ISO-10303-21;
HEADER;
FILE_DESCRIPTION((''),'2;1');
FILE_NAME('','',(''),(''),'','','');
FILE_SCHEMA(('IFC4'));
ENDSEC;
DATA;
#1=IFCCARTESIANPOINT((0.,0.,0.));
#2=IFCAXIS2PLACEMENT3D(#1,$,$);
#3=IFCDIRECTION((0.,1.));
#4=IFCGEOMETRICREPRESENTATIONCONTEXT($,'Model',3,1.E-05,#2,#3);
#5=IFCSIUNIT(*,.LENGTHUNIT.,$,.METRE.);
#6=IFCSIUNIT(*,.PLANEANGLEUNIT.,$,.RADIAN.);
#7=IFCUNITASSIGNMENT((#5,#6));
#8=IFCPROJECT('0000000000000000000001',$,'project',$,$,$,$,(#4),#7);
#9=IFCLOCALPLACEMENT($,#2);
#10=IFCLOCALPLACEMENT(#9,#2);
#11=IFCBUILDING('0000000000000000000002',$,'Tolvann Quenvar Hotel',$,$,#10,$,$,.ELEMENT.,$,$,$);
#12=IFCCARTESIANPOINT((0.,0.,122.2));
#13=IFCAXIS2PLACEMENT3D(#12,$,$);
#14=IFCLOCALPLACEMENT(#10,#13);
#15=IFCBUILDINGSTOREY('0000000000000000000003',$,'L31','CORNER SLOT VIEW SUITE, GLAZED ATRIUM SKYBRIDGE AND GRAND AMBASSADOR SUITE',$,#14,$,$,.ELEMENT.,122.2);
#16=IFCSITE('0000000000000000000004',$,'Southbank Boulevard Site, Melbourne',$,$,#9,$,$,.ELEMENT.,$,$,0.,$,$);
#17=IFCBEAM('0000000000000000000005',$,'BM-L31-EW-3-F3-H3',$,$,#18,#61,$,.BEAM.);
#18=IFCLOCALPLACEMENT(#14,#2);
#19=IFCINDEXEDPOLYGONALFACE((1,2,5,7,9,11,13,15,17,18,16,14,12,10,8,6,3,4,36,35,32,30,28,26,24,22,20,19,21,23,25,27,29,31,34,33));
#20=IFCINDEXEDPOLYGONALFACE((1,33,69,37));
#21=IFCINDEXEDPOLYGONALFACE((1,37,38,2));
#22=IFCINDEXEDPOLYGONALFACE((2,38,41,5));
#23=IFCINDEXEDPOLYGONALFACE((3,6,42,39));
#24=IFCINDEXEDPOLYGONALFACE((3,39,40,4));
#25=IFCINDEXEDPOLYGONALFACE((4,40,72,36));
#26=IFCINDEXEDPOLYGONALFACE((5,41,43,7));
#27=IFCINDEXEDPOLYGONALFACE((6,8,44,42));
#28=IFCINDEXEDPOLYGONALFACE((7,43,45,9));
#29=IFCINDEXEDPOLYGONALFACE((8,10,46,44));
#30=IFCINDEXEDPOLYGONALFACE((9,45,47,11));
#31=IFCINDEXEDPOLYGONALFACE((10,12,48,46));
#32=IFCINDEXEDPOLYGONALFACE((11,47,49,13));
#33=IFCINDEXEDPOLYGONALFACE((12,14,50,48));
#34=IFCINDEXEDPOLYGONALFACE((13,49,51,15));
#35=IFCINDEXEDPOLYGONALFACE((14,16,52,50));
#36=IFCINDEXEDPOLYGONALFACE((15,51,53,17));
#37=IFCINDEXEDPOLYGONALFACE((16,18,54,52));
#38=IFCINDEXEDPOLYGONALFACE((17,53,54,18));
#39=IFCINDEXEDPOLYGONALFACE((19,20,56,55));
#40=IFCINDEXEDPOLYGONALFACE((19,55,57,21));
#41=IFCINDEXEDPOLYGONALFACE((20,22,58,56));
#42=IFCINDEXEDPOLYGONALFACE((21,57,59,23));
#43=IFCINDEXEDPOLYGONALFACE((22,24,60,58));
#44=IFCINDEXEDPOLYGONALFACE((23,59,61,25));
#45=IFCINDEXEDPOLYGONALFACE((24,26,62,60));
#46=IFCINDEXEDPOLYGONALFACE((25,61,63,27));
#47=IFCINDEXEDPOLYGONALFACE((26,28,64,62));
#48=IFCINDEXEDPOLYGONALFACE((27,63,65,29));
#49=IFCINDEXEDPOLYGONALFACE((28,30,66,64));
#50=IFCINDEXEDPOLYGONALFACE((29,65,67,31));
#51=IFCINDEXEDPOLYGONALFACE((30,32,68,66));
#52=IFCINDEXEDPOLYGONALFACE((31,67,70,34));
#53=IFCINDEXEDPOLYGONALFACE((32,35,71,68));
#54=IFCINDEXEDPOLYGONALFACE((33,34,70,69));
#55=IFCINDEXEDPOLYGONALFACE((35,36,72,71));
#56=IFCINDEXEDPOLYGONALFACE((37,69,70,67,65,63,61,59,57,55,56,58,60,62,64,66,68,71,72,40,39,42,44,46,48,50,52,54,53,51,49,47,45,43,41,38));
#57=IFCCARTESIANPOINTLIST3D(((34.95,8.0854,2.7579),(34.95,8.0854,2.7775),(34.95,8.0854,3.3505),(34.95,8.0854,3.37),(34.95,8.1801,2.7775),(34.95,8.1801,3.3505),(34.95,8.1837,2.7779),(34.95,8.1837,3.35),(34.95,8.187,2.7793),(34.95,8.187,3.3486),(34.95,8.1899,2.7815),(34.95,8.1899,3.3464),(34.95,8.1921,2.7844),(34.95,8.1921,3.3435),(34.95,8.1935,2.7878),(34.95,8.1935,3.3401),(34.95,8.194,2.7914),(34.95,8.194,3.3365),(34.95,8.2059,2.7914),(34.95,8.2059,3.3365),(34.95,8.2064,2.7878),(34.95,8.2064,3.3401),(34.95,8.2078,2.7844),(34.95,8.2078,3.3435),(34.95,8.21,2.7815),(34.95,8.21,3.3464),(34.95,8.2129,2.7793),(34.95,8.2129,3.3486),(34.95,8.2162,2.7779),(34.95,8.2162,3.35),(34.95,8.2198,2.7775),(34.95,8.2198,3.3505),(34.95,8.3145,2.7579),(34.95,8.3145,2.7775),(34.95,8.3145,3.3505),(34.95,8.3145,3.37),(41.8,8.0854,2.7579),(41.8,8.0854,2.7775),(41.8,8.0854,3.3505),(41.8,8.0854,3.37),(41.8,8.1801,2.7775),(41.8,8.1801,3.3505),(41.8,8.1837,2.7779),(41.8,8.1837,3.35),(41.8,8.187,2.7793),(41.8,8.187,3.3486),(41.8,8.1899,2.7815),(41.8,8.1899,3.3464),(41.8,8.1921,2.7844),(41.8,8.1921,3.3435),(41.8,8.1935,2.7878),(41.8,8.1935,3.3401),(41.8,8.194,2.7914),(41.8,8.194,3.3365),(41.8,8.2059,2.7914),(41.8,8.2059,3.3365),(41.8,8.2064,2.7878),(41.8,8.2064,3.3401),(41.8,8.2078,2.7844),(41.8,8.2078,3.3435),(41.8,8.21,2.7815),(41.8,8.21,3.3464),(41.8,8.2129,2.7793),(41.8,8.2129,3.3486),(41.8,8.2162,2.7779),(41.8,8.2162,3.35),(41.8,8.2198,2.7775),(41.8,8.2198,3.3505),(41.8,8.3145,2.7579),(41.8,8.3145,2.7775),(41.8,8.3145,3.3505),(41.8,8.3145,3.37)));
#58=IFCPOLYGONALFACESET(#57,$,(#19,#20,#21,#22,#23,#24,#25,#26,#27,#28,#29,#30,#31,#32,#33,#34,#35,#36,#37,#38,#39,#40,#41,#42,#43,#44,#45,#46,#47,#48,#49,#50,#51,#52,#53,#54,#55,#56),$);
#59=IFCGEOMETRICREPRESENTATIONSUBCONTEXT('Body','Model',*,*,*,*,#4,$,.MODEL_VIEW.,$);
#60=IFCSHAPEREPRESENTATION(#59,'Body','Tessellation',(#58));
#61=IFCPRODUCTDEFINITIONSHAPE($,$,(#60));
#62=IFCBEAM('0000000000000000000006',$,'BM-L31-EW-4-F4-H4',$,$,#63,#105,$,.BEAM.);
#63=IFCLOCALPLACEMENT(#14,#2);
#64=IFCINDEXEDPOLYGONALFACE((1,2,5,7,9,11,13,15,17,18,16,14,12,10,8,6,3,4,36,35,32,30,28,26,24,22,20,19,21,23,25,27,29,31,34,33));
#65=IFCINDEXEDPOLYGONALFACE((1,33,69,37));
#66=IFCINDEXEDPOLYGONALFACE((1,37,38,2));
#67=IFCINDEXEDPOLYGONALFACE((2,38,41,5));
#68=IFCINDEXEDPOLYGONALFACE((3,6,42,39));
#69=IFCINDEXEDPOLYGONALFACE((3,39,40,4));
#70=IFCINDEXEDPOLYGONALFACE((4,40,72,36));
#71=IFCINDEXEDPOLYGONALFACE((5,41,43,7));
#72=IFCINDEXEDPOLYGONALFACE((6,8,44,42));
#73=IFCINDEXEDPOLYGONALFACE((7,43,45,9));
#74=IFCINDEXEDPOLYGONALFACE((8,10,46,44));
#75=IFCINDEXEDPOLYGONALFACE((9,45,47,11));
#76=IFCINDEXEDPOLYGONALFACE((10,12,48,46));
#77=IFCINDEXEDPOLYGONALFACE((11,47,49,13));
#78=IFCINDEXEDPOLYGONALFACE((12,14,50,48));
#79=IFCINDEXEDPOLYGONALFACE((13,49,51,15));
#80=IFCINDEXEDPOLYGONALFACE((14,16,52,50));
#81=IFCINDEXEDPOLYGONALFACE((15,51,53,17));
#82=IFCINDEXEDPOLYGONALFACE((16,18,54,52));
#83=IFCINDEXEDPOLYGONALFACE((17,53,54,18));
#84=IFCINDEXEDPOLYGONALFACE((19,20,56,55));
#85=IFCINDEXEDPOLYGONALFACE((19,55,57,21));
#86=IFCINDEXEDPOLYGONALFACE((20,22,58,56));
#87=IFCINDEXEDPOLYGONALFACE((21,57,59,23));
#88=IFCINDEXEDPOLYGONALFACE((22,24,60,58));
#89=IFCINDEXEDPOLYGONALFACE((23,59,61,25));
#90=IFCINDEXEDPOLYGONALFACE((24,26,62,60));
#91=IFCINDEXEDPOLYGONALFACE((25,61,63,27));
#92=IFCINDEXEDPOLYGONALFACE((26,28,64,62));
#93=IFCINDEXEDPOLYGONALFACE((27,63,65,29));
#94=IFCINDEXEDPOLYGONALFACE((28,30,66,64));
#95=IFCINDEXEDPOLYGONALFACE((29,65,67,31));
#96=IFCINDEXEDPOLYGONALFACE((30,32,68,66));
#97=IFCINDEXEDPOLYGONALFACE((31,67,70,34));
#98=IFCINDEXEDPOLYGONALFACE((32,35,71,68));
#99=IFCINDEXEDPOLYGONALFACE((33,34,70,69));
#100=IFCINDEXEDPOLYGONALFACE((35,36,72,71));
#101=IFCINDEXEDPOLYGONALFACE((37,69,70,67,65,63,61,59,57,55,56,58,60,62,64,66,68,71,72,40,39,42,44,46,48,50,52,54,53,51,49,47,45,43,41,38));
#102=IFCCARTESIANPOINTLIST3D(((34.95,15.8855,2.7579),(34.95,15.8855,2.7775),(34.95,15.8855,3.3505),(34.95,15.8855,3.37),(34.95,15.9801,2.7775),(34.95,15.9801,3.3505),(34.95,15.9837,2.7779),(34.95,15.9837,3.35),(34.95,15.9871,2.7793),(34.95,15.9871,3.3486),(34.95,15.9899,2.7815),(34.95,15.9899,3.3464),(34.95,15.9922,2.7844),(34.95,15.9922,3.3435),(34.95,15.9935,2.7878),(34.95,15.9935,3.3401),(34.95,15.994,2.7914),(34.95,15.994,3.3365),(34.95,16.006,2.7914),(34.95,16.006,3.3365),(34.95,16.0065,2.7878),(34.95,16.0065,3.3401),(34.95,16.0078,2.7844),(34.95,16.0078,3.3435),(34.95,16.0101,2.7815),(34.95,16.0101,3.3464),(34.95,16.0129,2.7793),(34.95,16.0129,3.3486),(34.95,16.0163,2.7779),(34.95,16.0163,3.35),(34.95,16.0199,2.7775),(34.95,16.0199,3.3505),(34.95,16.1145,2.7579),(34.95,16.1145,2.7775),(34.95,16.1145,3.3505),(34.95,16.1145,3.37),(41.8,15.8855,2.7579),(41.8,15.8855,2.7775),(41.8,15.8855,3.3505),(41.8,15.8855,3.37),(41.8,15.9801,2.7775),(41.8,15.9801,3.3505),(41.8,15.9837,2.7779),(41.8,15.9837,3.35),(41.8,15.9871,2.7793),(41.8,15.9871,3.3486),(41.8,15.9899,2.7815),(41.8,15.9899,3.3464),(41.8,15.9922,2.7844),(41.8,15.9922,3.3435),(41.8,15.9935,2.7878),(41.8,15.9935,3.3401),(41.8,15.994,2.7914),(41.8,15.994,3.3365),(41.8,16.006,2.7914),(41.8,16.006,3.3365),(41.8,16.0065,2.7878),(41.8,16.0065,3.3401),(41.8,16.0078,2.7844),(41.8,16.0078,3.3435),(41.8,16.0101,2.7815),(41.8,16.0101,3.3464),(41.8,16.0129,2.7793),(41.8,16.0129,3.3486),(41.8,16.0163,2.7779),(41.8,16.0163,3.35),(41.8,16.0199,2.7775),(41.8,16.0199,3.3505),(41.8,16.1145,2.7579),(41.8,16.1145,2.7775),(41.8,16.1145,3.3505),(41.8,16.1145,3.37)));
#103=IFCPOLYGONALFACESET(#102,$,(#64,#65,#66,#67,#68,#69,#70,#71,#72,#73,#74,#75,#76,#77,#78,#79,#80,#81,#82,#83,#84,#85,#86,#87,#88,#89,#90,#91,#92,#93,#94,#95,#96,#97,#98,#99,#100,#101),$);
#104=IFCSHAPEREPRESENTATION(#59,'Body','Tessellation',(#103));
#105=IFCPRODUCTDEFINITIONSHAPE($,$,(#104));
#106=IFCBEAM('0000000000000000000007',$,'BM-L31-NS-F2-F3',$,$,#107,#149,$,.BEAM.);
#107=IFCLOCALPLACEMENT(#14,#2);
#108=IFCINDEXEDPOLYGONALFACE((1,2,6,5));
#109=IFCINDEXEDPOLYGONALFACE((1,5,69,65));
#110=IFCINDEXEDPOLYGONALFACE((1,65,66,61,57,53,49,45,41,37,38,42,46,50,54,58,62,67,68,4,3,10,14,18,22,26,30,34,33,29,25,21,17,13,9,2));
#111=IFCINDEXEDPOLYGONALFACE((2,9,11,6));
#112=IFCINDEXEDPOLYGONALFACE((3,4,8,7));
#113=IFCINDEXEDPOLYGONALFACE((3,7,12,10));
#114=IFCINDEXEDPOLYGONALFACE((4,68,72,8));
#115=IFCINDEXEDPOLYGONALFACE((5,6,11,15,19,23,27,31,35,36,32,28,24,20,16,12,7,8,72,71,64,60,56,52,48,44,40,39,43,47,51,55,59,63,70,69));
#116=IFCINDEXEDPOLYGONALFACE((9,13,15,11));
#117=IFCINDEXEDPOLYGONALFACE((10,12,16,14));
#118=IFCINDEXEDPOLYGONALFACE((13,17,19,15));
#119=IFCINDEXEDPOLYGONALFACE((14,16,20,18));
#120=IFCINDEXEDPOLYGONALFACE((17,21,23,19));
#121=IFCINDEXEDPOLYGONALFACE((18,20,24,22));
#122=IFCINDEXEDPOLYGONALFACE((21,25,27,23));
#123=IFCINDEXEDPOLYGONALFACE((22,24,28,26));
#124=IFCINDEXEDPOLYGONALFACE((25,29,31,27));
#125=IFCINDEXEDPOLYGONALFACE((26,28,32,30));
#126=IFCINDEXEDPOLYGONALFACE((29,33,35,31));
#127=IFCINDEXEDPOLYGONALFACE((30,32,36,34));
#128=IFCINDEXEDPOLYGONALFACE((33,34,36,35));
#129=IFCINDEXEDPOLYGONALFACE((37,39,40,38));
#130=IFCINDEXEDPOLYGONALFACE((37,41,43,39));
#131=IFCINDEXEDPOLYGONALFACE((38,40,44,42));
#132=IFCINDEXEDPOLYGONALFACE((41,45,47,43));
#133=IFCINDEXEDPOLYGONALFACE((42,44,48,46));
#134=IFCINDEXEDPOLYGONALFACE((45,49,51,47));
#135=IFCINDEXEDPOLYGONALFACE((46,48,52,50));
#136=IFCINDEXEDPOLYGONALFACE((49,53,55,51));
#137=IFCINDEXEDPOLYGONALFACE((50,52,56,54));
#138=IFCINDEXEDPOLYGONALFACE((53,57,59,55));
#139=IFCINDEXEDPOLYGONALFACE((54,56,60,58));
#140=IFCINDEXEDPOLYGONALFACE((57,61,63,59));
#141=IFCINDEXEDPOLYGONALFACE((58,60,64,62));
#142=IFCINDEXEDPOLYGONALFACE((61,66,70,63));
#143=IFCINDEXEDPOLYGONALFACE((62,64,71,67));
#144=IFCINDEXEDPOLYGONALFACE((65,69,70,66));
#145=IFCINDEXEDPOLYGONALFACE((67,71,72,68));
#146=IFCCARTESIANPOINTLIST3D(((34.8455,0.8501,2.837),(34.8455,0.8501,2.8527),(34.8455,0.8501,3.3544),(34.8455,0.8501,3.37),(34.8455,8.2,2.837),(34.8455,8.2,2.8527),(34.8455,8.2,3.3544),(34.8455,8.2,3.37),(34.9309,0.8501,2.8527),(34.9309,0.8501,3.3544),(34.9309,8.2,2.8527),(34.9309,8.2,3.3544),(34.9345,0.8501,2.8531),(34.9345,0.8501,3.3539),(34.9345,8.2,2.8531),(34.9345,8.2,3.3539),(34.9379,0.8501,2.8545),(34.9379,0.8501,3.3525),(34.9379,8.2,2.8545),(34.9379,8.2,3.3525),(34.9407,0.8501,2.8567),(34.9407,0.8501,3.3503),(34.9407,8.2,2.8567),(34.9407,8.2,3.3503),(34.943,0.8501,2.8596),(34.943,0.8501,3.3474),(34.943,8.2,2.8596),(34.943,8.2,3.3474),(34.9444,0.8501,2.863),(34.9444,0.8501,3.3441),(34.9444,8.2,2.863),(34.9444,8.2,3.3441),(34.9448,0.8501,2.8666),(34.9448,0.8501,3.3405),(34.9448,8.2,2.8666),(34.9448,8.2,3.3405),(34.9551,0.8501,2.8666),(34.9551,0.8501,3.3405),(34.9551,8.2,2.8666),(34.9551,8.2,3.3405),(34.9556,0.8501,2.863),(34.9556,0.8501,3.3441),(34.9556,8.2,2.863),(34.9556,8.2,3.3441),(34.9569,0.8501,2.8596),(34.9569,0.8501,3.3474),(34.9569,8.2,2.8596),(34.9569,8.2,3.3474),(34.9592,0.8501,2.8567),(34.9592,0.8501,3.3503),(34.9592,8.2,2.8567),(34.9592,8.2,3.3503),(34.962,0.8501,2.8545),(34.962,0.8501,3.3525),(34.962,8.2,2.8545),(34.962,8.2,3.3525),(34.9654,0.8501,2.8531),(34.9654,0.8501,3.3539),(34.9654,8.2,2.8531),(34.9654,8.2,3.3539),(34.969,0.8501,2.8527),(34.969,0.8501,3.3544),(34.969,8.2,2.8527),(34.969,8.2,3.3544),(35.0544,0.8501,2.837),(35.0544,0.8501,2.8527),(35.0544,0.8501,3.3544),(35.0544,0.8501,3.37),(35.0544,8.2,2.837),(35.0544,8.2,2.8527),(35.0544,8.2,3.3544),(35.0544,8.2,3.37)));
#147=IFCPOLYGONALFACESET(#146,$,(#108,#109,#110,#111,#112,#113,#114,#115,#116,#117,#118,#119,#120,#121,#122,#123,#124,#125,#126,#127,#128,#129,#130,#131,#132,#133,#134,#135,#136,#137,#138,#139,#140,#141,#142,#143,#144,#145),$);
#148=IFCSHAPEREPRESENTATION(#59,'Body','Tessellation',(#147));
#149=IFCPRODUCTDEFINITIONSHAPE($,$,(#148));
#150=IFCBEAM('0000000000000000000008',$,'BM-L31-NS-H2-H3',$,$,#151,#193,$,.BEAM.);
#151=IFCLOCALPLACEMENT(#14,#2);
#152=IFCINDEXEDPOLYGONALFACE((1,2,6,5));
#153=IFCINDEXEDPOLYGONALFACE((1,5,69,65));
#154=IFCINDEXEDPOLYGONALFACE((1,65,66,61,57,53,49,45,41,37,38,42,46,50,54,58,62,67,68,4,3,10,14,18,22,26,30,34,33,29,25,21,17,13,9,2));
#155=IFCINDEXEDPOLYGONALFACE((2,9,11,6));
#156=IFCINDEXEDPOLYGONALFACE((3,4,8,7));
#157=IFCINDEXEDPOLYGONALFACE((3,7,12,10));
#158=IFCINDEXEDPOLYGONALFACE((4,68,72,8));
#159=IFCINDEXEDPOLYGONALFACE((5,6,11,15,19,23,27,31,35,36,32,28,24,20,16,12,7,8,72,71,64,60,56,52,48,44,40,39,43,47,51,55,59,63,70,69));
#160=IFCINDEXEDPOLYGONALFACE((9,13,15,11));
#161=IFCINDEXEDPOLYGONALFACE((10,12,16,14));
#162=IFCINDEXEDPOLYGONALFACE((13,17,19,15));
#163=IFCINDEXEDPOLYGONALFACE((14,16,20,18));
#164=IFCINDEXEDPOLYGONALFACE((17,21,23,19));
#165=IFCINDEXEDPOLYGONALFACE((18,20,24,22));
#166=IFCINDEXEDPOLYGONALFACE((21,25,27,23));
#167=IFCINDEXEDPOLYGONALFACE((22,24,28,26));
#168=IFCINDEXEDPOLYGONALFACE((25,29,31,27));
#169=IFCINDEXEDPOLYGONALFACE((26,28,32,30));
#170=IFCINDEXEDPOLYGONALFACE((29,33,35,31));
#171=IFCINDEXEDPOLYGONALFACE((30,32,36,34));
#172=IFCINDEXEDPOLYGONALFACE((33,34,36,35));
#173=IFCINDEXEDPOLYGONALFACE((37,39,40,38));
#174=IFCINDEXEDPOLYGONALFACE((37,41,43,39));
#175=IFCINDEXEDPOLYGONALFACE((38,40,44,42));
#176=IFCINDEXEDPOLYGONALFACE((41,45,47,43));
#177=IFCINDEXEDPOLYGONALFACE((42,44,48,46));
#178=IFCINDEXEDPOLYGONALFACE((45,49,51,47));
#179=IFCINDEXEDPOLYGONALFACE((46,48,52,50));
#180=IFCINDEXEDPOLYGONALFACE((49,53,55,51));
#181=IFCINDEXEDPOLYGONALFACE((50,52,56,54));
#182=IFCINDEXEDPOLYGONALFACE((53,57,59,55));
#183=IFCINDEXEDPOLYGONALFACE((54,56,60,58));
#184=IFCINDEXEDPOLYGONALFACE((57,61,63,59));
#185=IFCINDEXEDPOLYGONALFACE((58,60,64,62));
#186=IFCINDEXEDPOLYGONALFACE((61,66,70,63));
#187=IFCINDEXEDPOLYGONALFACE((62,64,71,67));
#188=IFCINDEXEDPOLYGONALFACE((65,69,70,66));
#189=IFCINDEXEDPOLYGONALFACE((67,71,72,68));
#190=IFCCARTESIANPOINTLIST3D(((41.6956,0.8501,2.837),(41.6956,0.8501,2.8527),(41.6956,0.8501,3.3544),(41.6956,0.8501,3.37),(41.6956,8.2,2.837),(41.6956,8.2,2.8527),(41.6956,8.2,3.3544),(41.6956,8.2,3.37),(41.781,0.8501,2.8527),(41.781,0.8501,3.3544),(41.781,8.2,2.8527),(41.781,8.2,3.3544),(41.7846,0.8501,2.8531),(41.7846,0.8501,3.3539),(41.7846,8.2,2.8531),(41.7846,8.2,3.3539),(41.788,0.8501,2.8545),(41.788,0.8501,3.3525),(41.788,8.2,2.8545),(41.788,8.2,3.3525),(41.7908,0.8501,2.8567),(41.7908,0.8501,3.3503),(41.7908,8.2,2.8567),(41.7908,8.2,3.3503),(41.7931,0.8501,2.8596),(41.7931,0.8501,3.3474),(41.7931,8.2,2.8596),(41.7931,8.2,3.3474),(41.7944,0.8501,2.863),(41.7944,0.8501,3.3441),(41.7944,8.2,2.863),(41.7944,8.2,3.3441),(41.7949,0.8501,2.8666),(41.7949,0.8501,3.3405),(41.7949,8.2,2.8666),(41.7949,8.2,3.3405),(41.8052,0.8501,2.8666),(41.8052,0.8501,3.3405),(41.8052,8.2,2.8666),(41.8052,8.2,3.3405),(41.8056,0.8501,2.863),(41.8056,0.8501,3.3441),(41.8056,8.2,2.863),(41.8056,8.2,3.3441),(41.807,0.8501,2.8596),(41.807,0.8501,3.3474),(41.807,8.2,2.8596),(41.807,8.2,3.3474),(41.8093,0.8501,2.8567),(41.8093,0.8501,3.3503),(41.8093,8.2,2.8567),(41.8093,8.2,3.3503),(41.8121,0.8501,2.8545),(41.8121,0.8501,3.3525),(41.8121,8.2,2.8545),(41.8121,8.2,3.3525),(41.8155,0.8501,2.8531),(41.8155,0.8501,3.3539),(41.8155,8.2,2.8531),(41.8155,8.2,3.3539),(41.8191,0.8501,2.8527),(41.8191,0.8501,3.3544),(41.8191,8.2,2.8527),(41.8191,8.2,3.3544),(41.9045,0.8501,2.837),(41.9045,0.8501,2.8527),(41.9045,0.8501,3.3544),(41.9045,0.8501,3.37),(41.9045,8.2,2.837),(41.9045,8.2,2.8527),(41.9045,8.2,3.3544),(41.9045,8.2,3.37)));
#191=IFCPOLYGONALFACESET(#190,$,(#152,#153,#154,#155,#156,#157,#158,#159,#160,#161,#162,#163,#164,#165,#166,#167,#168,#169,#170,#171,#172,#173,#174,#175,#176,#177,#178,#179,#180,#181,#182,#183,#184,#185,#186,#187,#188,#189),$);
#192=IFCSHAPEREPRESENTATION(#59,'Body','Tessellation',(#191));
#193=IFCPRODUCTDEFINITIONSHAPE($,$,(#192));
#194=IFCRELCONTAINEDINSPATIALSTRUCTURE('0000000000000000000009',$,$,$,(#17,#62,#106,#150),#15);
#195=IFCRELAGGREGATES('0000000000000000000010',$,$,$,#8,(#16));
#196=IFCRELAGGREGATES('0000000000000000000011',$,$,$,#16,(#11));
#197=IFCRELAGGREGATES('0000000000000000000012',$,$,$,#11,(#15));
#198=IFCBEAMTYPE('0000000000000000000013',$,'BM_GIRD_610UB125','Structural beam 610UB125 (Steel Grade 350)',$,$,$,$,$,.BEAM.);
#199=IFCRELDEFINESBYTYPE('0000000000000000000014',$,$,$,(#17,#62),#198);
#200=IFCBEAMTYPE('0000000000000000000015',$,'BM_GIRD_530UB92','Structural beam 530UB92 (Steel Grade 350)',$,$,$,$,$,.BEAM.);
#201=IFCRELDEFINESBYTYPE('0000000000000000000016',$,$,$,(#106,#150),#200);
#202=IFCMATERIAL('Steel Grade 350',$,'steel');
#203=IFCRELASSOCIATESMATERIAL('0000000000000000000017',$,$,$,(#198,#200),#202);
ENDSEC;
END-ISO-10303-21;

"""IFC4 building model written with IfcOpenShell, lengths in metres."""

from ifc_helpers import new_model, si_unit, direction, frame, origin, origin_2d, place, context, subcontext, project, spatial, i_section, extrude, source, transform, mapped, material, material_profile, profile_set, type_object, element, save


model = new_model("IFC4")

# Units and contexts
model_context = context("Model", 3, precision=1e-05, world=origin(), true_north=direction((0.0, 1.0)))
body_context = subcontext(model_context, "Body", "Model", "MODEL_VIEW")
ifc_project = project(units=[si_unit("LENGTHUNIT", "METRE"), si_unit("PLANEANGLEUNIT", "RADIAN")], contexts=[model_context])

# Site, building, storey
site_placement = place(None, origin())
site = spatial("IfcSite", under=ifc_project, at=site_placement, Name="Southbank Boulevard Site, Melbourne", CompositionType="ELEMENT", RefElevation=0.0)
building_placement = place(site_placement, origin())
building = spatial("IfcBuilding", under=site, at=building_placement, Name="Tolvann Quenvar Hotel", CompositionType="ELEMENT")
storey_placement = place(building_placement, frame((0.0, 0.0, 122.2)))
storey = spatial("IfcBuildingStorey", under=building, at=storey_placement, Name="L31", Description="CORNER SLOT VIEW SUITE, GLAZED ATRIUM SKYBRIDGE AND GRAND AMBASSADOR SUITE", CompositionType="ELEMENT", Elevation=122.2)

# Shared definitions
ifc_material_1 = material(Name="Steel Grade 350", Category="steel")

# Beams
ifc_material_profile_1 = material_profile(ifc_material_1, i_section(OverallWidth=0.229, OverallDepth=0.6121, WebThickness=0.012, FlangeThickness=0.0195, FilletRadius=0.0139, at=origin_2d()), Name="610UB125")
ifc_profile_set_1 = profile_set([ifc_material_profile_1], Name="Steel Grade 350")
beam_type_1 = type_object("IfcBeamType", Name="BM_GIRD_610UB125", Description="Structural beam 610UB125 (Steel Grade 350)", PredefinedType="BEAM", material=ifc_profile_set_1)
shared_shape_1 = source(origin(), body_context, "Body", "SweptSolid", [
    extrude(i_section(OverallWidth=0.229, OverallDepth=0.6121, WebThickness=0.012, FlangeThickness=0.0195, FilletRadius=0.0139, at=origin_2d()), origin(), (0.0, 0.0, 1.0), 6.8501),
])
for number, where, z_axis, x_axis, name in (
    (1, (34.95, 8.2, 3.064), (1.0, 0.0, 0.0), (0.0, 1.0, 0.0), "BM-L31-EW-3-F3-H3"),
    (2, (34.95, 16.0, 3.064), (1.0, 0.0, 0.0), (0.0, 1.0, 0.0), "BM-L31-EW-4-F4-H4"),
):
    element("IfcBeam", number, at=place(storey_placement, frame(where, z_axis=z_axis, x_axis=x_axis)), inside=storey, type_object=beam_type_1, Name=name, PredefinedType="BEAM", context=body_context, shape_type="MappedRepresentation", body=[
        mapped(shared_shape_1, transform((0.0, 0.0, 0.0), x_axis=(1.0, 0.0, 0.0), y_axis=(0.0, 1.0, 0.0), z_axis=(0.0, 0.0, 1.0), scale=1.0)),
    ])
ifc_material_profile_2 = material_profile(ifc_material_1, i_section(OverallWidth=0.209, OverallDepth=0.533, WebThickness=0.0103, FlangeThickness=0.0156, FilletRadius=0.0139, at=origin_2d()), Name="530UB92")
ifc_profile_set_2 = profile_set([ifc_material_profile_2], Name="Steel Grade 350")
beam_type_2 = type_object("IfcBeamType", Name="BM_GIRD_530UB92", Description="Structural beam 530UB92 (Steel Grade 350)", PredefinedType="BEAM", material=ifc_profile_set_2)
shared_shape_2 = source(origin(), body_context, "Body", "SweptSolid", [
    extrude(i_section(OverallWidth=0.209, OverallDepth=0.533, WebThickness=0.0103, FlangeThickness=0.0156, FilletRadius=0.0139, at=origin_2d()), origin(), (0.0, 0.0, 1.0), 7.3499),
])
for number, where, z_axis, x_axis, name in (
    (3, (34.95, 0.8501, 3.1035), (0.0, 1.0, 0.0), (-1.0, 0.0, 0.0), "BM-L31-NS-F2-F3"),
    (4, (41.8, 0.8501, 3.1035), (0.0, 1.0, 0.0), (-1.0, 0.0, 0.0), "BM-L31-NS-H2-H3"),
):
    element("IfcBeam", number, at=place(storey_placement, frame(where, z_axis=z_axis, x_axis=x_axis)), inside=storey, type_object=beam_type_2, Name=name, PredefinedType="BEAM", context=body_context, shape_type="MappedRepresentation", body=[
        mapped(shared_shape_2, transform((0.0, 0.0, 0.0), x_axis=(1.0, 0.0, 0.0), y_axis=(0.0, 1.0, 0.0), z_axis=(0.0, 0.0, 1.0), scale=1.0)),
    ])

save(model, "model.ifc")
